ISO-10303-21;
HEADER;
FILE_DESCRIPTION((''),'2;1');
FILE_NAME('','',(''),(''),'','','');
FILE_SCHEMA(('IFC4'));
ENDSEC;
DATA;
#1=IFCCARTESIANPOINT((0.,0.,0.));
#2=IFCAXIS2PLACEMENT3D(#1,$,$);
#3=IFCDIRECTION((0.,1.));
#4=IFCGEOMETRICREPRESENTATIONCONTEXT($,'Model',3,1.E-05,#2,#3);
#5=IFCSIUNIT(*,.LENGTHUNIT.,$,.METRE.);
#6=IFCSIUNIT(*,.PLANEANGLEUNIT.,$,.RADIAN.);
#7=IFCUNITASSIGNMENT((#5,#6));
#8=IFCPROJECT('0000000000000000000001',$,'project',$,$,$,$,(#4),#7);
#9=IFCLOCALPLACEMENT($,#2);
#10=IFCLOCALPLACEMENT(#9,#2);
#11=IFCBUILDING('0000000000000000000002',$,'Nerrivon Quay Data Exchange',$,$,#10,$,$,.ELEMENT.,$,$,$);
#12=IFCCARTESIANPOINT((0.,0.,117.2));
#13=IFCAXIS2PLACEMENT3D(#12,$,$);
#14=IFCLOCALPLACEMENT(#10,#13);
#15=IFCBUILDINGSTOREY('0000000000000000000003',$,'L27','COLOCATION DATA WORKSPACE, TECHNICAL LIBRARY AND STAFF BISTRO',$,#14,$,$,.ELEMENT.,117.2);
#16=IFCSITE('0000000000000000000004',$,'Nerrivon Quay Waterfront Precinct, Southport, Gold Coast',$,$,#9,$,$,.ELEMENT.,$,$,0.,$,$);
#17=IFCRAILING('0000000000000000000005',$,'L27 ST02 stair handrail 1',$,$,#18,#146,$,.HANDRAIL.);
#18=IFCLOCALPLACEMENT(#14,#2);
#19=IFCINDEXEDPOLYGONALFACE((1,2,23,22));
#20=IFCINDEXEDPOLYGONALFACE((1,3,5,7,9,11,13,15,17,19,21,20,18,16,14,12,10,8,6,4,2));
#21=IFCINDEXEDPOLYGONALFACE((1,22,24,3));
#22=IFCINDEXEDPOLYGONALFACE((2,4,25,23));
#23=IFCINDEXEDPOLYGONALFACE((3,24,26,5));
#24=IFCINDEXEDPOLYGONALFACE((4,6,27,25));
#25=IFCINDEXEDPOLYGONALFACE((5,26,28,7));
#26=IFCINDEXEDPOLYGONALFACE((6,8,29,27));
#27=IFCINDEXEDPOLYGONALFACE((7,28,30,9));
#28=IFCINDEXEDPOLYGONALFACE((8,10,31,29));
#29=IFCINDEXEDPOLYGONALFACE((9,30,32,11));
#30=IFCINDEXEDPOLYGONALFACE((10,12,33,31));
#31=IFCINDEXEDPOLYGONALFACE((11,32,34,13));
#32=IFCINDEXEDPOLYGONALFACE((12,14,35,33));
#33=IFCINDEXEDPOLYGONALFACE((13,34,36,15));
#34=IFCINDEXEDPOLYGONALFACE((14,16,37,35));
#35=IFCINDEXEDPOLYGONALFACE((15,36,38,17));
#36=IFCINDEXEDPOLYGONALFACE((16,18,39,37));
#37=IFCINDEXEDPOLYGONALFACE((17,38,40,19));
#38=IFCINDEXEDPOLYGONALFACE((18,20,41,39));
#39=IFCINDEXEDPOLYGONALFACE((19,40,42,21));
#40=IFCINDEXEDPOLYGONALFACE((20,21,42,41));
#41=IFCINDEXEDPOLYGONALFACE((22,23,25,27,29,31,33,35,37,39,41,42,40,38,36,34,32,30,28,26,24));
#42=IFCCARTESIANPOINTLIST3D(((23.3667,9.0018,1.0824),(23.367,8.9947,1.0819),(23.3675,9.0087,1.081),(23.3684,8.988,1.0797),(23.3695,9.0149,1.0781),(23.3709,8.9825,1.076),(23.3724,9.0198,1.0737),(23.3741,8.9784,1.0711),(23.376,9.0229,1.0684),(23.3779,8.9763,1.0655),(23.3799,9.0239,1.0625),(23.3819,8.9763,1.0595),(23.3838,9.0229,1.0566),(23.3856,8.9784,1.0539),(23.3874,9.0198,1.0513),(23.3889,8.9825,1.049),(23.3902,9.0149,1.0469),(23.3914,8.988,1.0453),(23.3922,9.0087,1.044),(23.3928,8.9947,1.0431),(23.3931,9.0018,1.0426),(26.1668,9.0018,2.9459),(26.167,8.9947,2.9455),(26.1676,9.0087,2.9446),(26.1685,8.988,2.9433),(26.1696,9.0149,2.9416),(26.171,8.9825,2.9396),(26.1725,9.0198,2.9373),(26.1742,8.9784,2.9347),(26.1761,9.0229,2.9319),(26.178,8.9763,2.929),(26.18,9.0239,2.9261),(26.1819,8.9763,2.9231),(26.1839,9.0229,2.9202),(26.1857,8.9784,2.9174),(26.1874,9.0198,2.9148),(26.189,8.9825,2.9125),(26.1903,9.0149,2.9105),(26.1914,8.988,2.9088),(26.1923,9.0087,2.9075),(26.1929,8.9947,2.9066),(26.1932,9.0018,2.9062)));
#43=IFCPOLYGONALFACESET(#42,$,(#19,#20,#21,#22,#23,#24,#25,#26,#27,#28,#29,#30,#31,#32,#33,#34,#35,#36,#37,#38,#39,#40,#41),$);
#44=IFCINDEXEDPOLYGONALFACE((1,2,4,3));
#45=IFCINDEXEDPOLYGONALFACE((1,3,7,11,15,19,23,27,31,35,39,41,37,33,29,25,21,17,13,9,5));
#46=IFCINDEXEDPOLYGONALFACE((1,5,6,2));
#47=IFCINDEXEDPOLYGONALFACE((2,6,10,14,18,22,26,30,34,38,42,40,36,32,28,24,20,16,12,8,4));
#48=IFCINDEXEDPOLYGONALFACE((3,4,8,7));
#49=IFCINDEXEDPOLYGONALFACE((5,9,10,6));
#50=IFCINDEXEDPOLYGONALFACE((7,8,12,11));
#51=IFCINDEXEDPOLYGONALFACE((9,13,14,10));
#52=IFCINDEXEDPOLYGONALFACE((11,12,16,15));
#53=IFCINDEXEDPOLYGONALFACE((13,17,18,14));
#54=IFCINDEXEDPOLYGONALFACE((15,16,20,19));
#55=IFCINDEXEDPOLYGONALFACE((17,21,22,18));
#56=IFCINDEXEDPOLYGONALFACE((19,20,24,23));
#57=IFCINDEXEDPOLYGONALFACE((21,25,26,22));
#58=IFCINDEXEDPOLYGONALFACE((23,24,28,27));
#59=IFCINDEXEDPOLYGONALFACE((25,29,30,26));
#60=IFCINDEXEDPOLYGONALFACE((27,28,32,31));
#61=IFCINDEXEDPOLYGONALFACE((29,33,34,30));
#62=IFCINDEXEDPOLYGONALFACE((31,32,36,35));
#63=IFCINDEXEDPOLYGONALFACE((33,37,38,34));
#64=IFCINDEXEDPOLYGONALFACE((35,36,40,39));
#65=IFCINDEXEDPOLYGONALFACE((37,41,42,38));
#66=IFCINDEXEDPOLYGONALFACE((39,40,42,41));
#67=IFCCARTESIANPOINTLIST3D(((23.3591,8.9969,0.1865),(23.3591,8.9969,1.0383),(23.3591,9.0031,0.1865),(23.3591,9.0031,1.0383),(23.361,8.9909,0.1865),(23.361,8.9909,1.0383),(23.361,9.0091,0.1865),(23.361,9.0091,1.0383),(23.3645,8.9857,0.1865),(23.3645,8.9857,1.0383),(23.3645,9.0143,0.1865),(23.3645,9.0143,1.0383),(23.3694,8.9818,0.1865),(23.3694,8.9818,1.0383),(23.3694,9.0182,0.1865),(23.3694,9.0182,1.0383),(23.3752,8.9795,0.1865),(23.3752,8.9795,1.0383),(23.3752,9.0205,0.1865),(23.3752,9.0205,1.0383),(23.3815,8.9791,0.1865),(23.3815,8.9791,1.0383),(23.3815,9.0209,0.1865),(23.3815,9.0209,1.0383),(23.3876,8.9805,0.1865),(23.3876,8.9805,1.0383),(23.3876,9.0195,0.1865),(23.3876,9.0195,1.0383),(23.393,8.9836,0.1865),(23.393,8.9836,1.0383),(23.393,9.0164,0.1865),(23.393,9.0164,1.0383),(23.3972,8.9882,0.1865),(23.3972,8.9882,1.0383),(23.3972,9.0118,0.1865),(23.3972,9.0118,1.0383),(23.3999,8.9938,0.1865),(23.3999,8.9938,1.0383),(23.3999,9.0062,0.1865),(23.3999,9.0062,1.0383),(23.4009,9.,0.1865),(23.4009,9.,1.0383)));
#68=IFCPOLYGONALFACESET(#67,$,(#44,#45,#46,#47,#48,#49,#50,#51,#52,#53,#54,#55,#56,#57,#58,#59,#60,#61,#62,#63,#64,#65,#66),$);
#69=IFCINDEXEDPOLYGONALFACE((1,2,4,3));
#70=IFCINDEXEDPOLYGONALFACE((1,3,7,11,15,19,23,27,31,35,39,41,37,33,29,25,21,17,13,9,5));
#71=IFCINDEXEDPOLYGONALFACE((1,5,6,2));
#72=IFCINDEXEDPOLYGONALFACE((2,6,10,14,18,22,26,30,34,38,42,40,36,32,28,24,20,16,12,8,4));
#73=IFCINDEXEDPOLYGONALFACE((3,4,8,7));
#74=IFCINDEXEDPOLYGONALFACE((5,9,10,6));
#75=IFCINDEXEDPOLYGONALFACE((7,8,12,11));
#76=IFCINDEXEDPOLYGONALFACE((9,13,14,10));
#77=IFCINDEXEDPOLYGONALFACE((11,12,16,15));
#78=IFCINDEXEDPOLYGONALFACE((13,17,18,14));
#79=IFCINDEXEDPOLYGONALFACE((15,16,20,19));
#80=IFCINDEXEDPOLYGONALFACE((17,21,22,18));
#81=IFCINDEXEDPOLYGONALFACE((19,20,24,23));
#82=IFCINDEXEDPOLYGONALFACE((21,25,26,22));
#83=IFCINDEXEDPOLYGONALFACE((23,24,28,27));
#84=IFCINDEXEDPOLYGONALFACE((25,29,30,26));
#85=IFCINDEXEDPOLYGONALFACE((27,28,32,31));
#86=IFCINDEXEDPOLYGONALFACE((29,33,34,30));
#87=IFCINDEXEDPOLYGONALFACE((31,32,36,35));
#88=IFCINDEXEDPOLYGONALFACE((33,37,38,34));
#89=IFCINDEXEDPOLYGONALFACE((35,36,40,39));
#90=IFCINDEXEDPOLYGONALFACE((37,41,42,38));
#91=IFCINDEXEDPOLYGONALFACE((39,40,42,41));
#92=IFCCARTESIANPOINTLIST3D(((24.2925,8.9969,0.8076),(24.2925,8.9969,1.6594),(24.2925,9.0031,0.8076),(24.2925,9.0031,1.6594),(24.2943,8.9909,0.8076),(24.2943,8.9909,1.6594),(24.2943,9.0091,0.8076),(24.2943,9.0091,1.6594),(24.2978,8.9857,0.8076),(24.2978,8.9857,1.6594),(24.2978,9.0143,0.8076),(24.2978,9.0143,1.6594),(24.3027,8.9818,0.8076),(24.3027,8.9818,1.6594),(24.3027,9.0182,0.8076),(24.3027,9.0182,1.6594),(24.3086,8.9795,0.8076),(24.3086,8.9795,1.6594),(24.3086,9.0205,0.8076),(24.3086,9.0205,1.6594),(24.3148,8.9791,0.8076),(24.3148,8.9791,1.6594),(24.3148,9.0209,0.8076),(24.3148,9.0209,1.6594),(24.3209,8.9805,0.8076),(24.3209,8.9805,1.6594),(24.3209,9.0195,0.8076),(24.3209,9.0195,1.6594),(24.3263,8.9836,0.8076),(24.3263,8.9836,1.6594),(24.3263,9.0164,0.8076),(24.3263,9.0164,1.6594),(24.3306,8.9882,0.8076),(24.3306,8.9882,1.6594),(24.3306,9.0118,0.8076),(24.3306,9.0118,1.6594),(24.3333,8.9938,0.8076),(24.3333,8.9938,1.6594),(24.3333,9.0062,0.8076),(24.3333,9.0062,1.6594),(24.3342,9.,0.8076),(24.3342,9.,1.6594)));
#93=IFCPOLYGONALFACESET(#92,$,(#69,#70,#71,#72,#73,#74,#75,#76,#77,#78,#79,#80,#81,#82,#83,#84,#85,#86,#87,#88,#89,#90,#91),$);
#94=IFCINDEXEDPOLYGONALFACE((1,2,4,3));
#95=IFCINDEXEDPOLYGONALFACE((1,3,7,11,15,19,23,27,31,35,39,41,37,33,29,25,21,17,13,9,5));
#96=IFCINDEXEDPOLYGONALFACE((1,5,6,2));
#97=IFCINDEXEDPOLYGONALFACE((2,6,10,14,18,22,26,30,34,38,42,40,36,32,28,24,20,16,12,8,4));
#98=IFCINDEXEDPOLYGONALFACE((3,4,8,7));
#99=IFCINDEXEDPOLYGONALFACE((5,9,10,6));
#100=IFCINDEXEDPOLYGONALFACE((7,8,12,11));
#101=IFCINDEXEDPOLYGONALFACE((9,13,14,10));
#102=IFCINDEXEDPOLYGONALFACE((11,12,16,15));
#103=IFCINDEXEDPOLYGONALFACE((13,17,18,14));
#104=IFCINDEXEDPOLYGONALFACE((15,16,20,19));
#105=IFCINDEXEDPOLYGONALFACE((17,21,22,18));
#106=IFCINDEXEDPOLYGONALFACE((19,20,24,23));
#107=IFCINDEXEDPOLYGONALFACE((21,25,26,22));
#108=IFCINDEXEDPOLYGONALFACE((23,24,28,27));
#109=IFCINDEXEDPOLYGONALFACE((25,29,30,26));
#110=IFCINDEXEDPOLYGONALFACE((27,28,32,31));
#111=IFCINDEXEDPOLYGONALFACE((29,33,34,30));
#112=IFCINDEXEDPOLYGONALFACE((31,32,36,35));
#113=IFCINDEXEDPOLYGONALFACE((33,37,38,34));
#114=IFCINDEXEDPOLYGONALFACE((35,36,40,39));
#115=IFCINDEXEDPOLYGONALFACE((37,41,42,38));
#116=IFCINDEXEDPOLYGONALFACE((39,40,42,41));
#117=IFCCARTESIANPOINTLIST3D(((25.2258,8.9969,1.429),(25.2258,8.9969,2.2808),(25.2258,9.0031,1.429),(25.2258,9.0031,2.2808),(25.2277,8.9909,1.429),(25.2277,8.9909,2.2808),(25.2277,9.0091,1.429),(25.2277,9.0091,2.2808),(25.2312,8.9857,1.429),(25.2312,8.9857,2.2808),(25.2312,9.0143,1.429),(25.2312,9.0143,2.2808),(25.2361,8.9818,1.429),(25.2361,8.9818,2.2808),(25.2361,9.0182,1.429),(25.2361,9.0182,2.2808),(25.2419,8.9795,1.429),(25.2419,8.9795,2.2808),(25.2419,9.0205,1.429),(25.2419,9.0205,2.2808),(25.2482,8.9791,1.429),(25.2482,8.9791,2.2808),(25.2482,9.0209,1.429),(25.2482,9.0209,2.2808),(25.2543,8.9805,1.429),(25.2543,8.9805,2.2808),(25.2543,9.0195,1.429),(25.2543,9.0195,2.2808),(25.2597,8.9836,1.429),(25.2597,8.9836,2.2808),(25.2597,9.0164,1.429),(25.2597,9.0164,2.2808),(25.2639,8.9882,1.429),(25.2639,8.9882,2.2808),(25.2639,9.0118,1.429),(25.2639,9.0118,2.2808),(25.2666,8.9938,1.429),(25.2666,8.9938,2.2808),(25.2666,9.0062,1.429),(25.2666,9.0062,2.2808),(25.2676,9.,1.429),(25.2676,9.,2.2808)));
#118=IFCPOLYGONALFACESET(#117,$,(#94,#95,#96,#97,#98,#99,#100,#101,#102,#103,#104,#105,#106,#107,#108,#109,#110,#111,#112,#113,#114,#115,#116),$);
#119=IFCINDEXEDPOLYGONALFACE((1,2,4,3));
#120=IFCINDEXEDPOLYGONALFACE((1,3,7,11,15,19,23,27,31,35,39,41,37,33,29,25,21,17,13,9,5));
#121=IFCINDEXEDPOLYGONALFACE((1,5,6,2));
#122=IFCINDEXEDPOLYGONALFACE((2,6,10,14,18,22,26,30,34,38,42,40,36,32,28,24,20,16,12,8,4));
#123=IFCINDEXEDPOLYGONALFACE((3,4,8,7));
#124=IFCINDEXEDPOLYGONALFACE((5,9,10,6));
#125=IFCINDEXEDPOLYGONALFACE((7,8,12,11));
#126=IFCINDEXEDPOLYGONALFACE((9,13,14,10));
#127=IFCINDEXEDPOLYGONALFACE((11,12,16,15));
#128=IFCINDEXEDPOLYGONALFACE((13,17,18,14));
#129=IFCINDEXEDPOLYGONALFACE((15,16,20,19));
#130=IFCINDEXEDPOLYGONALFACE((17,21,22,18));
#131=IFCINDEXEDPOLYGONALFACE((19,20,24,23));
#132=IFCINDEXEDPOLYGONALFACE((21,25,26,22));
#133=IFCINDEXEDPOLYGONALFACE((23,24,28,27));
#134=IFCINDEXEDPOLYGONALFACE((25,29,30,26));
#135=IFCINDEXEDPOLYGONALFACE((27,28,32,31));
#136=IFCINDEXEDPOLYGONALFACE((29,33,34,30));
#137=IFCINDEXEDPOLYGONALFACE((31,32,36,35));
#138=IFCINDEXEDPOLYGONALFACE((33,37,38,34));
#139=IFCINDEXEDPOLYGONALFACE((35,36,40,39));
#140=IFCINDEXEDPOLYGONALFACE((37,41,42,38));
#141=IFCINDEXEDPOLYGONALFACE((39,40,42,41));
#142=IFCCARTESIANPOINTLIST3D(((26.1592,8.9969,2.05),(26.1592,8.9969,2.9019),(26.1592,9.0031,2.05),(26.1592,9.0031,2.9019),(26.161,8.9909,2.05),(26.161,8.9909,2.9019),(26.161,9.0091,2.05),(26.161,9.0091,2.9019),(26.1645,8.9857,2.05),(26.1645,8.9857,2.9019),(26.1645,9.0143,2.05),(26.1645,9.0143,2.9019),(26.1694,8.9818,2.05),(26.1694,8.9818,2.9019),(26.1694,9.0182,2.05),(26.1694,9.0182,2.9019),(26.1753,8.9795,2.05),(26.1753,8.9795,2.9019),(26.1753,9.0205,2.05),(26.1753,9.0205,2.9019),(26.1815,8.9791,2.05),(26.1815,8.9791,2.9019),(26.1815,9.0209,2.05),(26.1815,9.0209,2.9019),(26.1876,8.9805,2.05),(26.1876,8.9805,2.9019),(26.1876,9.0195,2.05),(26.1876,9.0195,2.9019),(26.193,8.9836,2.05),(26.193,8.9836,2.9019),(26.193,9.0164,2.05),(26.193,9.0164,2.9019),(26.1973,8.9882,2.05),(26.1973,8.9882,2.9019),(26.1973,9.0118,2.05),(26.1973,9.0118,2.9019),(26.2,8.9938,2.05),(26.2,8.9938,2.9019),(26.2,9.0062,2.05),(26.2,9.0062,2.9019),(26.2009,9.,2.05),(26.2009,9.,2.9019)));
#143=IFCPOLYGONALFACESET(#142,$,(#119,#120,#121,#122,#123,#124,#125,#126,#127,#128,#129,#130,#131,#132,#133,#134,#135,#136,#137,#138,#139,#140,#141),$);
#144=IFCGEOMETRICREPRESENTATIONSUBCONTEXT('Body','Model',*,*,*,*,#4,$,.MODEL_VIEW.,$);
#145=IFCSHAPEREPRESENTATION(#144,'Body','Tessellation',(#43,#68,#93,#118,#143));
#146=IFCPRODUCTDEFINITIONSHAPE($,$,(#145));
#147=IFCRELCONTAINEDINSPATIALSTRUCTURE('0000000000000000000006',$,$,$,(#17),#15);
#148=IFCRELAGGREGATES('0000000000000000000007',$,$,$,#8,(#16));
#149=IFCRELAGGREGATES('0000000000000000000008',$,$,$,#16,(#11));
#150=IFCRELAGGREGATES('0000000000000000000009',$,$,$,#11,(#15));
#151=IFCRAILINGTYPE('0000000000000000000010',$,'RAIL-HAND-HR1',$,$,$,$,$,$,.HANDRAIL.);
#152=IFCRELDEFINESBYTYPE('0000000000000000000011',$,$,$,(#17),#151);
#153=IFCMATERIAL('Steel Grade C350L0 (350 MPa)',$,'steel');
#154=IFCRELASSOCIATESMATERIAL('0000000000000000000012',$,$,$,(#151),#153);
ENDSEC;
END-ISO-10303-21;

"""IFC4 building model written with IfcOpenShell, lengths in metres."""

from ifc_helpers import new_model, si_unit, direction, frame, origin, origin_2d, place, context, subcontext, project, spatial, circle, extrude, material, type_object, element, save


model = new_model("IFC4")

# Units and contexts
model_context = context("Model", 3, precision=1e-05, world=origin(), true_north=direction((0.0, 1.0)))
body_context = subcontext(model_context, "Body", "Model", "MODEL_VIEW")
ifc_project = project(units=[si_unit("LENGTHUNIT", "METRE"), si_unit("PLANEANGLEUNIT", "RADIAN")], contexts=[model_context])

# Site, building, storey
site_placement = place(None, origin())
site = spatial("IfcSite", under=ifc_project, at=site_placement, Name="Nerrivon Quay Waterfront Precinct, Southport, Gold Coast", CompositionType="ELEMENT", RefElevation=0.0)
building_placement = place(site_placement, origin())
building = spatial("IfcBuilding", under=site, at=building_placement, Name="Nerrivon Quay Data Exchange", CompositionType="ELEMENT")
storey_placement = place(building_placement, frame((0.0, 0.0, 117.2)))
storey = spatial("IfcBuildingStorey", under=building, at=storey_placement, Name="L27", Description="COLOCATION DATA WORKSPACE, TECHNICAL LIBRARY AND STAFF BISTRO", CompositionType="ELEMENT", Elevation=117.2)

# Railing
ifc_material_1 = material(Name="Steel Grade C350L0 (350 MPa)", Category="steel")
railing_type_1 = type_object("IfcRailingType", Name="RAIL-HAND-HR1", PredefinedType="HANDRAIL", material=ifc_material_1)
railing_1_placement = place(storey_placement, frame((23.3799, 9.0, 0.1865)))
element("IfcRailing", 1, at=railing_1_placement, inside=storey, type_object=railing_type_1, Name="L27 ST02 stair handrail 1", PredefinedType="HANDRAIL", context=body_context, shape_type="SweptSolid", body=[
    extrude(circle(Radius=0.0239, at=origin_2d()), frame((0.0, 0.0, 0.876), z_axis=(0.832486, 0.0, 0.554047), x_axis=(0.0, 1.0, 0.0)), (0.0, 0.0, 1.0), 3.3635),
    extrude(circle(Radius=0.021, at=origin_2d()), origin(), (0.0, 0.0, 1.0), 0.8518),
    extrude(circle(Radius=0.021, at=origin_2d()), frame((0.9333, 0.0, 0.6211)), (0.0, 0.0, 1.0), 0.8518),
    extrude(circle(Radius=0.021, at=origin_2d()), frame((1.8667, 0.0, 1.2424)), (0.0, 0.0, 1.0), 0.8518),
    extrude(circle(Radius=0.021, at=origin_2d()), frame((2.8, 0.0, 1.8635)), (0.0, 0.0, 1.0), 0.8518),
])

save(model, "model.ifc")
